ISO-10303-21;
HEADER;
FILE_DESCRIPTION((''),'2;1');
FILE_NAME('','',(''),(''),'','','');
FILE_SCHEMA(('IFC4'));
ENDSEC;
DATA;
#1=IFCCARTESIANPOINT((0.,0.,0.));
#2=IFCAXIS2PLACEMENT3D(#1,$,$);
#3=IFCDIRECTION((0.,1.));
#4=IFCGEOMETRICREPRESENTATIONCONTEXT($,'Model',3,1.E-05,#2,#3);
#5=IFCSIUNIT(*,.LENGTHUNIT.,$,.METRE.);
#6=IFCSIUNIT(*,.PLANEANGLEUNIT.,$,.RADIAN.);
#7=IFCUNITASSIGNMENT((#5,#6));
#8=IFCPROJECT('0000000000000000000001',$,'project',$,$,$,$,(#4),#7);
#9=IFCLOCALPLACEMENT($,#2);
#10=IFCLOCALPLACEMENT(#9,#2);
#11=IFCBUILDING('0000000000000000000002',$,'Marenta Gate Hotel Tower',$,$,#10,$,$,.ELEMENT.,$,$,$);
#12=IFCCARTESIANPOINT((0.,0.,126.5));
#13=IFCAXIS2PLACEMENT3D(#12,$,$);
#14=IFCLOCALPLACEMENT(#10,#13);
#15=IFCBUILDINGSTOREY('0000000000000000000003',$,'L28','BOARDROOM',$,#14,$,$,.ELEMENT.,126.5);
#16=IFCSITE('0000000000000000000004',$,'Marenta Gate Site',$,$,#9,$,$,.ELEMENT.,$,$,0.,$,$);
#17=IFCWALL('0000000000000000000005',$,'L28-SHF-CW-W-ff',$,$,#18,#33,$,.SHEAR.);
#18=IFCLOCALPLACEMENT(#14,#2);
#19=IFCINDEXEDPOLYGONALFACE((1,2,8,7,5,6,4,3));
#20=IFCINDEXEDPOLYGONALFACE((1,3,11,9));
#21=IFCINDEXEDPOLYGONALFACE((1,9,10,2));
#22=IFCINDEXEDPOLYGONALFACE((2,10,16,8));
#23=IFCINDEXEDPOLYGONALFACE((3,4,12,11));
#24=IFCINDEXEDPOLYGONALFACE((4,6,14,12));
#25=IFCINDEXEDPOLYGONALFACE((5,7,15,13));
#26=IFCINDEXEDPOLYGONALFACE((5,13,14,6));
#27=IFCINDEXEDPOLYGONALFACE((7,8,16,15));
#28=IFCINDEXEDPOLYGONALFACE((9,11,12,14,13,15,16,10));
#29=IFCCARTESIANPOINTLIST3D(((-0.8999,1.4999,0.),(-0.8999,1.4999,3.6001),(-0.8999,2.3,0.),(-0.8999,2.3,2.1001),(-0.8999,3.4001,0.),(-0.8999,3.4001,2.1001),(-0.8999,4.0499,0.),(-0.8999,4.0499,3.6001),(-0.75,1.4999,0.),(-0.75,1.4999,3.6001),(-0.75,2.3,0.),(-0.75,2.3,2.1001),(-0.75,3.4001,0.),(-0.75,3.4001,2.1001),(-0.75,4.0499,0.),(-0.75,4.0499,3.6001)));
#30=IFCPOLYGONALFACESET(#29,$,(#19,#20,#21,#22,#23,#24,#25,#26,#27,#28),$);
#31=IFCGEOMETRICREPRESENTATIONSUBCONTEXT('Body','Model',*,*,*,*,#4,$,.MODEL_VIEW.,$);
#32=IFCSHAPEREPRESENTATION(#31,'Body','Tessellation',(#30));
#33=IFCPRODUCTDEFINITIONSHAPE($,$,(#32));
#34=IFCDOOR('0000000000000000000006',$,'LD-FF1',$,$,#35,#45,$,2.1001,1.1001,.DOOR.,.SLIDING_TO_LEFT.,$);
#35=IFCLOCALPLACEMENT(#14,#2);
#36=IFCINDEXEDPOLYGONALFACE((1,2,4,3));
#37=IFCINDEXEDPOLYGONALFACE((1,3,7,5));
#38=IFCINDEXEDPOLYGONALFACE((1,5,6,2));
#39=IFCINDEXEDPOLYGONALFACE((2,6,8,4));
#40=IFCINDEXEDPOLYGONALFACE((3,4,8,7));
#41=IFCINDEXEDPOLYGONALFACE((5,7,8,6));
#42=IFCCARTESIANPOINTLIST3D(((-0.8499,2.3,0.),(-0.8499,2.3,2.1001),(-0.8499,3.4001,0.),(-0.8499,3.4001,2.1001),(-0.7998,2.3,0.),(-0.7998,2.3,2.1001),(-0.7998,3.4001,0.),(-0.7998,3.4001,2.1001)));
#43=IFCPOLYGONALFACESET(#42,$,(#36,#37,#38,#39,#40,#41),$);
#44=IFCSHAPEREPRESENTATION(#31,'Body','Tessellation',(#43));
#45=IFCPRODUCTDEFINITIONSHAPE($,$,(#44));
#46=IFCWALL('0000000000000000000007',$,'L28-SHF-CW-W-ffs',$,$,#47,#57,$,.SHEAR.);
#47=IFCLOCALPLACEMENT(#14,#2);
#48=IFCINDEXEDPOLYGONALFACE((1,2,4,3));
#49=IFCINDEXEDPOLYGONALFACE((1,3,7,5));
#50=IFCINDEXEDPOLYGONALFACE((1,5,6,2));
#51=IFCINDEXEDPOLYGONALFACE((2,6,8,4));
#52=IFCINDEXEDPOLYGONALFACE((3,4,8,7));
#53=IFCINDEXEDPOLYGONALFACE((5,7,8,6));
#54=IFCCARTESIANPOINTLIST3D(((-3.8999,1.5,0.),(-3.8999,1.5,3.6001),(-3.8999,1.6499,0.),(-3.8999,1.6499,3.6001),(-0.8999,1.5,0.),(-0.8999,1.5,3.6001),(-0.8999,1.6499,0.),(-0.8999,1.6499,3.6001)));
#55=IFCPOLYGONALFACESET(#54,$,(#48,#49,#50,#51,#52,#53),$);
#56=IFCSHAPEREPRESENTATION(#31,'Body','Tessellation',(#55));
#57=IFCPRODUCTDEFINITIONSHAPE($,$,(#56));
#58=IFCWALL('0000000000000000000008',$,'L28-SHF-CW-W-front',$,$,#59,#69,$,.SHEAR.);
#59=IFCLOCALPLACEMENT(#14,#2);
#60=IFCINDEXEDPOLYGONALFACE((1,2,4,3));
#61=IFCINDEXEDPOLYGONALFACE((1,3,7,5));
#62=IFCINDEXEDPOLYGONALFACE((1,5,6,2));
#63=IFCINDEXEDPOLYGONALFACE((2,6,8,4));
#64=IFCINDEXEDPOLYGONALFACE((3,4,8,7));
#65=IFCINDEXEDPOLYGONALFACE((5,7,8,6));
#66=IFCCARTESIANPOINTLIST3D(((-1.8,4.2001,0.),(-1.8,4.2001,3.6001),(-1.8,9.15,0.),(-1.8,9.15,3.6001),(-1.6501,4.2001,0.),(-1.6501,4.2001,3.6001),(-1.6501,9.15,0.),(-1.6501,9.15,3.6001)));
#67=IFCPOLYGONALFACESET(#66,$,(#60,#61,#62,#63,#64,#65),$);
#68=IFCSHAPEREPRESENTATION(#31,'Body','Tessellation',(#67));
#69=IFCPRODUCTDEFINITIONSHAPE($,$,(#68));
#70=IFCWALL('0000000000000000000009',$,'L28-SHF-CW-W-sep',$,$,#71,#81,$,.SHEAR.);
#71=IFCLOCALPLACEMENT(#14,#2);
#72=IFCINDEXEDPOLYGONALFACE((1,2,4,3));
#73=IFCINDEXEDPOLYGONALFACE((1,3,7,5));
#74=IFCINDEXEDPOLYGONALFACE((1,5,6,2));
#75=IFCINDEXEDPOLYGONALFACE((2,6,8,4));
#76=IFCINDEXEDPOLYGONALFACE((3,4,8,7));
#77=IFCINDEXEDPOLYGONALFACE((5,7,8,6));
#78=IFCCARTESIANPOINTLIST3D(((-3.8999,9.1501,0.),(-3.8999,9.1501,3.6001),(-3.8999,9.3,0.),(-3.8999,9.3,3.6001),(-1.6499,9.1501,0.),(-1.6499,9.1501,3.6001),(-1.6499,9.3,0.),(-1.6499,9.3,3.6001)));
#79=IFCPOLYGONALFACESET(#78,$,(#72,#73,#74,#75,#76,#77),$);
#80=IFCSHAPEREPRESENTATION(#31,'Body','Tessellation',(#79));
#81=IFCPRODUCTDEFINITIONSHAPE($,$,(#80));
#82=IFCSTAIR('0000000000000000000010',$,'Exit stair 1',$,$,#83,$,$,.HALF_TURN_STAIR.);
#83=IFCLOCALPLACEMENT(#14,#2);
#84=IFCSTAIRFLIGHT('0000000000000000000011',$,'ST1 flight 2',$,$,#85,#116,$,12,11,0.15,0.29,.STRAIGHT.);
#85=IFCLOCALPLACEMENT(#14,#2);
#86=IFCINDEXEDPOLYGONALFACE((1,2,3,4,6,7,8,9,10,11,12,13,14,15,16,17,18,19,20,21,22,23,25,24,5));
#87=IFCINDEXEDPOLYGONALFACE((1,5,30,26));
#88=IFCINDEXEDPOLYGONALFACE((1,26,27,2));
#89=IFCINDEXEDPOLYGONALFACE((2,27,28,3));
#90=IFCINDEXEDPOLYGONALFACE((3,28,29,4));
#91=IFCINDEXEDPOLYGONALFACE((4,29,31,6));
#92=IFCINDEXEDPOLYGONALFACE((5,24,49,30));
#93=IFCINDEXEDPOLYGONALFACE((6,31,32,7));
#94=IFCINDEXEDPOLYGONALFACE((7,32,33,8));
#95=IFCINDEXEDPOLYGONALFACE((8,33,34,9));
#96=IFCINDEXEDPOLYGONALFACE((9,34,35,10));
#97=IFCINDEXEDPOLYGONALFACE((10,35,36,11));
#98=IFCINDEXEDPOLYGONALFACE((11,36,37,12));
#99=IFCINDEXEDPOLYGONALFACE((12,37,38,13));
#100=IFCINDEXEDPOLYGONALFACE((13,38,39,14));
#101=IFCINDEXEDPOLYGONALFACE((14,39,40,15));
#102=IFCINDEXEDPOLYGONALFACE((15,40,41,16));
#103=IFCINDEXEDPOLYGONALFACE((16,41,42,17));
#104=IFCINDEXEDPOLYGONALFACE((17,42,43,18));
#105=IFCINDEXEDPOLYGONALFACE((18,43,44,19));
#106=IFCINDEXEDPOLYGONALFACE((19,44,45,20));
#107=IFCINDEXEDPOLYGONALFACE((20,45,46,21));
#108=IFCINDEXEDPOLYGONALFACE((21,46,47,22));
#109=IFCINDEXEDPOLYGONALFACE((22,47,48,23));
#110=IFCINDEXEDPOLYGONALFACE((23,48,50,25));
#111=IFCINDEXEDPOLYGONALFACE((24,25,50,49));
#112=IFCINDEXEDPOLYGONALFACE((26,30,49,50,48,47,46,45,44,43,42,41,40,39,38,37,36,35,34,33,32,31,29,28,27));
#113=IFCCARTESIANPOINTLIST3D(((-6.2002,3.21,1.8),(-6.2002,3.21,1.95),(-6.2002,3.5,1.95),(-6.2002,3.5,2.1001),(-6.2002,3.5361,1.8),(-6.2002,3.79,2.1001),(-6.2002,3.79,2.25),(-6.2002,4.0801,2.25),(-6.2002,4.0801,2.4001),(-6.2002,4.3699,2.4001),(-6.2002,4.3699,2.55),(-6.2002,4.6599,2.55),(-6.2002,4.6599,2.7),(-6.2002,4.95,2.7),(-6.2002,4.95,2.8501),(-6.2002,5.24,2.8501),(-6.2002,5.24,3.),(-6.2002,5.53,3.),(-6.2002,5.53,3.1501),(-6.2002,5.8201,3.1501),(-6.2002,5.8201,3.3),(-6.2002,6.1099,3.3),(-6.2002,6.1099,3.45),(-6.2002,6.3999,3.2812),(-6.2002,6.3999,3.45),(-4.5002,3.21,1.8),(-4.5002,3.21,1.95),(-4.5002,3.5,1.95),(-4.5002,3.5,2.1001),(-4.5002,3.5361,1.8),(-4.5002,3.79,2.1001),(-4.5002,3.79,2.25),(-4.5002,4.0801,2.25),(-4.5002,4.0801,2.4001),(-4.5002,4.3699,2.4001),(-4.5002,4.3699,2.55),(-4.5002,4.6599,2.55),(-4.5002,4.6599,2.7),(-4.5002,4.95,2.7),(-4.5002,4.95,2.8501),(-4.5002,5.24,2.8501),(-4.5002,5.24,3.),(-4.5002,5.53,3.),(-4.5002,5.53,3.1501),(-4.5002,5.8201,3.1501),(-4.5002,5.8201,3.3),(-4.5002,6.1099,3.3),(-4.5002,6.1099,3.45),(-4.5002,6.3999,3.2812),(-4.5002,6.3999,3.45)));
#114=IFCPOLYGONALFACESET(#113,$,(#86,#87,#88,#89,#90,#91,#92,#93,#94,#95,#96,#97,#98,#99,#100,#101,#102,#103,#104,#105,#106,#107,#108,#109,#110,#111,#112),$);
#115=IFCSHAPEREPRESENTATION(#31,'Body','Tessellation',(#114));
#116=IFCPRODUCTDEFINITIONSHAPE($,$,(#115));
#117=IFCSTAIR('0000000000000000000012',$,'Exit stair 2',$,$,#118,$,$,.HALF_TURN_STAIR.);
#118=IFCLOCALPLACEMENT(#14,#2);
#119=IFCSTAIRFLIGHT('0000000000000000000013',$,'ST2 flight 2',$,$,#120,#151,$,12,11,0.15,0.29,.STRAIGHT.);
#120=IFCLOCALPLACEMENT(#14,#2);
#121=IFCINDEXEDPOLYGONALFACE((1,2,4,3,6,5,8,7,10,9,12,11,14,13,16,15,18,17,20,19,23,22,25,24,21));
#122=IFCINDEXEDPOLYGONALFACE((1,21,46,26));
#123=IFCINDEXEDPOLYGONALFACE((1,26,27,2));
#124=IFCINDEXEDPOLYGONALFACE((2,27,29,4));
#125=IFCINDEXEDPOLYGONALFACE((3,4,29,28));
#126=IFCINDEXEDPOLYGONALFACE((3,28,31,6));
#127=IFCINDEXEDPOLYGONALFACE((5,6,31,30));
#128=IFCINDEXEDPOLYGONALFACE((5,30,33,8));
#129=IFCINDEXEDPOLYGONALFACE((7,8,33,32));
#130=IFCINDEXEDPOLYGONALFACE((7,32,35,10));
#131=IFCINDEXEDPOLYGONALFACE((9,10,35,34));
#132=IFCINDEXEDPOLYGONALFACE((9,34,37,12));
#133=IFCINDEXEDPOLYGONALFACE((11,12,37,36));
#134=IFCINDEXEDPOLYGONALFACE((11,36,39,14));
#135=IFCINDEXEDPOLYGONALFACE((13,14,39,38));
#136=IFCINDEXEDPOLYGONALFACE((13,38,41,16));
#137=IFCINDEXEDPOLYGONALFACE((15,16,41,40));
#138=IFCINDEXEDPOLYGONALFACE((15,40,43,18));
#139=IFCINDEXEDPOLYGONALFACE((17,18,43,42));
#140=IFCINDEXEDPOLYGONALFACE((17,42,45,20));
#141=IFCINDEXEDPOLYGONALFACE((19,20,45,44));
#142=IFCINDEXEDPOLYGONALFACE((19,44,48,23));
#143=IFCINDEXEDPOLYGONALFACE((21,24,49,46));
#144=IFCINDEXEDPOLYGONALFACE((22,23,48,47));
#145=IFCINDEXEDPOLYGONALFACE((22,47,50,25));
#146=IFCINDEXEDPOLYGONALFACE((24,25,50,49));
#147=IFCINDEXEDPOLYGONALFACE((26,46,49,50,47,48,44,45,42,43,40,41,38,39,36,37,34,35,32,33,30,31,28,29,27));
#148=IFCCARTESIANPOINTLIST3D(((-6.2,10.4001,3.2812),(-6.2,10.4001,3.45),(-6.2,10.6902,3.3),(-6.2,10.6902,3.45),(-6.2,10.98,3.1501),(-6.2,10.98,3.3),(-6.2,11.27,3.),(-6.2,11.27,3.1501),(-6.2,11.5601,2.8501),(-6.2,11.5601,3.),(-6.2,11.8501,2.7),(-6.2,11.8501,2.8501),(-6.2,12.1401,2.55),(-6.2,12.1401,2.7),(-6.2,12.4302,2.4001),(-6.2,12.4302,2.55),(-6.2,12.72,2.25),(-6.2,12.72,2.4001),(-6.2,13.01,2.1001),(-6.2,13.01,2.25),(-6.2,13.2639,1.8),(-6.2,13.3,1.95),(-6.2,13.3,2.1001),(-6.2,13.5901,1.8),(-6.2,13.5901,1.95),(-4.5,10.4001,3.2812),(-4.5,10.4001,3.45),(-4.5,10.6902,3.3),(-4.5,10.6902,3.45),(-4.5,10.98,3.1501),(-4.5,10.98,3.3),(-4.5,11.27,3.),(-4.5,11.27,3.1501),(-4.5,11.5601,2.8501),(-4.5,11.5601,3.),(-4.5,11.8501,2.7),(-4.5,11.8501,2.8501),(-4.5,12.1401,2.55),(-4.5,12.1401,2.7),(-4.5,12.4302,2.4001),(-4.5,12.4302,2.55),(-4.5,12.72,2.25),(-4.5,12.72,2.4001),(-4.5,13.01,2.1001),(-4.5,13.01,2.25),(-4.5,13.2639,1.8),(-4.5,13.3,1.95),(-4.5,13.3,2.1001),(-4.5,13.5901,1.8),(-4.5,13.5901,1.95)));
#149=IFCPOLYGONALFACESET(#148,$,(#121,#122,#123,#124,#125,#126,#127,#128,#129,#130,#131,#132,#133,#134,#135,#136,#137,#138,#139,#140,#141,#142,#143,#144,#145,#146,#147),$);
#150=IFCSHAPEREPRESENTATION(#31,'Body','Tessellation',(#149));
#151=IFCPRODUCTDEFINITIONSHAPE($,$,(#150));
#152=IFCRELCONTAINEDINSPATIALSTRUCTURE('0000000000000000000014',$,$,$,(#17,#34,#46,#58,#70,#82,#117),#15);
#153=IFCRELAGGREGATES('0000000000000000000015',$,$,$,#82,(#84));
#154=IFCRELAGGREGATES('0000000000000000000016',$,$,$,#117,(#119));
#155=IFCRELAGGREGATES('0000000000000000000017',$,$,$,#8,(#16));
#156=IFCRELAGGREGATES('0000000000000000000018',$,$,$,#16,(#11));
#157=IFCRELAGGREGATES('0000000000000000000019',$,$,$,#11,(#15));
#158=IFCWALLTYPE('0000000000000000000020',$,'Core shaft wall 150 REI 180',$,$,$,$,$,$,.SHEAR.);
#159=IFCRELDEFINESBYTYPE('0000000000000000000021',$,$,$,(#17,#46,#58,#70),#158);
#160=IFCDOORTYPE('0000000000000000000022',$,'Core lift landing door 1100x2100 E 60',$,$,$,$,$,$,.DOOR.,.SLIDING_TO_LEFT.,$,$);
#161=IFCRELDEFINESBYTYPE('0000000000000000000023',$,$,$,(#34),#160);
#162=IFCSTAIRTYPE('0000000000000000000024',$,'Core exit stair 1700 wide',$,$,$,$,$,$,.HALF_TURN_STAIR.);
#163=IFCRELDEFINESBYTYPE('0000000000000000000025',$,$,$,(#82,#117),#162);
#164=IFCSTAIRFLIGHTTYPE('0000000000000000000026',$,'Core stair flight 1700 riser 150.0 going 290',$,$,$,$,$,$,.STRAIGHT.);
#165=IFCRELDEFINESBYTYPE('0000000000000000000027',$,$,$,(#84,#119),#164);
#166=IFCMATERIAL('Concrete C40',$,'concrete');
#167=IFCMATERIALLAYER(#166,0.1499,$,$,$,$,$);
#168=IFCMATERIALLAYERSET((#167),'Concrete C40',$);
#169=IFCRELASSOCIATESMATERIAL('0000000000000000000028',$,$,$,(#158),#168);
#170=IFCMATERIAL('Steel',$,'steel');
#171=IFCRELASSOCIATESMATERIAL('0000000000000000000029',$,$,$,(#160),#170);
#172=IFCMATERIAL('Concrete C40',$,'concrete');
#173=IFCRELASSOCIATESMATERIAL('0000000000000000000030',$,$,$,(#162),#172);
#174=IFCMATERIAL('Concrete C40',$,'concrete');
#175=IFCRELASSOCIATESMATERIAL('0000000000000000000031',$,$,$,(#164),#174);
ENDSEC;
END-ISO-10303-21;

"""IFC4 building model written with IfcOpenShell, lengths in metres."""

from ifc_helpers import new_model, si_unit, direction, frame, frame_2d, origin, place, context, subcontext, project, spatial, polyline, rectangle, outline, extrude, material, layer, layer_set, type_object, element, fill, aggregate, save


model = new_model("IFC4")

# Units and contexts
model_context = context("Model", 3, precision=1e-05, world=origin(), true_north=direction((0.0, 1.0)))
body_context = subcontext(model_context, "Body", "Model", "MODEL_VIEW")
ifc_project = project(units=[si_unit("LENGTHUNIT", "METRE"), si_unit("PLANEANGLEUNIT", "RADIAN")], contexts=[model_context])

# Site, building, storey
site_placement = place(None, origin())
site = spatial("IfcSite", under=ifc_project, at=site_placement, Name="Marenta Gate Site", CompositionType="ELEMENT", RefElevation=0.0)
building_placement = place(site_placement, origin())
building = spatial("IfcBuilding", under=site, at=building_placement, Name="Marenta Gate Hotel Tower", CompositionType="ELEMENT")
storey_placement = place(building_placement, frame((0.0, 0.0, 126.5)))
storey = spatial("IfcBuildingStorey", under=building, at=storey_placement, Name="L28", Description="BOARDROOM", CompositionType="ELEMENT", Elevation=126.5)

# Wall, opening, door
ifc_material_1 = material(Name="Concrete C40", Category="concrete")
ifc_layer_1 = layer(ifc_material_1, 0.1499)
ifc_layer_set_1 = layer_set([ifc_layer_1], Name="Concrete C40")
wall_type_1 = type_object("IfcWallType", Name="Core shaft wall 150 REI 180", PredefinedType="SHEAR", material=ifc_layer_set_1)
wall_1_placement = place(storey_placement, frame((-0.825, 1.5, 0.0), z_axis=(0.0, 0.0, 1.0), x_axis=(0.0, 1.0, 0.0)))
wall_1 = element("IfcWall", 1, at=wall_1_placement, inside=storey, type_object=wall_type_1, Name="L28-SHF-CW-W-ff", PredefinedType="SHEAR", context=body_context, shape_type="SweptSolid", body=[
    extrude(rectangle(XDim=2.55, YDim=0.1499, at=frame_2d((1.2749, 0.0))), origin(), (0.0, 0.0, 1.0), 3.6001),
])
opening_1_placement = place(wall_1_placement, frame((0.8, 0.0, 0.0)))
opening_1 = element("IfcOpeningElement", 2, at=opening_1_placement, cuts=wall_1, PredefinedType="OPENING", context=body_context, shape_type="SweptSolid", body=[
    extrude(rectangle(XDim=1.1001, YDim=2.1001, at=frame_2d((0.55, 1.05))), frame((0.0, 0.075, 0.0), z_axis=(0.0, -1.0, 0.0), x_axis=(1.0, 0.0, 0.0)), (0.0, 0.0, 1.0), 0.1499),
])
ifc_material_2 = material(Name="Steel", Category="steel")
door_type_1 = type_object("IfcDoorType", Name="Core lift landing door 1100x2100 E 60", OperationType="SLIDING_TO_LEFT", PredefinedType="DOOR", material=ifc_material_2)
door_1_placement = place(opening_1_placement, origin())
door_1 = element("IfcDoor", 3, at=door_1_placement, inside=storey, type_object=door_type_1, Name="LD-FF1", OperationType="SLIDING_TO_LEFT", OverallHeight=2.1001, OverallWidth=1.1001, PredefinedType="DOOR", context=body_context, shape_type="SweptSolid", body=[
    extrude(rectangle(XDim=1.1001, YDim=2.1001, at=frame_2d((0.55, 1.05))), frame((0.0, 0.0249, 0.0), z_axis=(0.0, -1.0, 0.0), x_axis=(1.0, 0.0, 0.0)), (0.0, 0.0, 1.0), 0.05),
])
fill(opening_1, door_1)

# Walls
wall_2_placement = place(storey_placement, frame((-3.8999, 1.575, 0.0), z_axis=(0.0, 0.0, 1.0), x_axis=(1.0, 0.0, 0.0)))
element("IfcWall", 4, at=wall_2_placement, inside=storey, type_object=wall_type_1, Name="L28-SHF-CW-W-ffs", PredefinedType="SHEAR", context=body_context, shape_type="SweptSolid", body=[
    extrude(rectangle(XDim=3.0, YDim=0.1499, at=frame_2d((1.5, 0.0))), origin(), (0.0, 0.0, 1.0), 3.6001),
])
wall_3_placement = place(storey_placement, frame((-1.7251, 4.2, 0.0), z_axis=(0.0, 0.0, 1.0), x_axis=(0.0, 1.0, 0.0)))
element("IfcWall", 5, at=wall_3_placement, inside=storey, type_object=wall_type_1, Name="L28-SHF-CW-W-front", PredefinedType="SHEAR", context=body_context, shape_type="SweptSolid", body=[
    extrude(rectangle(XDim=4.95, YDim=0.1499, at=frame_2d((2.4751, 0.0))), origin(), (0.0, 0.0, 1.0), 3.6001),
])
wall_4_placement = place(storey_placement, frame((-3.8999, 9.2251, 0.0), z_axis=(0.0, 0.0, 1.0), x_axis=(1.0, 0.0, 0.0)))
element("IfcWall", 6, at=wall_4_placement, inside=storey, type_object=wall_type_1, Name="L28-SHF-CW-W-sep", PredefinedType="SHEAR", context=body_context, shape_type="SweptSolid", body=[
    extrude(rectangle(XDim=2.25, YDim=0.1499, at=frame_2d((1.125, 0.0))), origin(), (0.0, 0.0, 1.0), 3.6001),
])

# Stairs, stair flights
ifc_material_3 = material(Name="Concrete C40", Category="concrete")
stair_type = type_object("IfcStairType", Name="Core exit stair 1700 wide", PredefinedType="HALF_TURN_STAIR", material=ifc_material_3)
stair_1_placement = place(storey_placement, origin())
stair_1 = element("IfcStair", 7, at=stair_1_placement, inside=storey, type_object=stair_type, Name="Exit stair 1", PredefinedType="HALF_TURN_STAIR")
ifc_material_4 = material(Name="Concrete C40", Category="concrete")
stair_flight_type = type_object("IfcStairFlightType", Name="Core stair flight 1700 riser 150.0 going 290", PredefinedType="STRAIGHT", material=ifc_material_4)
stair_flight_1_placement = place(storey_placement, frame((-5.3501, 3.21, 1.8), z_axis=(0.0, 0.0, 1.0), x_axis=(0.0, 1.0, 0.0)))
stair_flight_1 = element("IfcStairFlight", 8, at=stair_flight_1_placement, type_object=stair_flight_type, Name="ST1 flight 2", NumberOfRisers=12, NumberOfTreads=11, PredefinedType="STRAIGHT", RiserHeight=0.15, TreadLength=0.29, context=body_context, shape_type="SweptSolid", body=[
    extrude(outline(polyline([(0.0, 0.0), (0.0, 0.1499), (0.29, 0.1499), (0.29, 0.3), (0.5801, 0.3), (0.5801, 0.45), (0.8701, 0.45), (0.8701, 0.6001), (1.1599, 0.6001), (1.1599, 0.75), (1.45, 0.75), (1.45, 0.8999), (1.74, 0.8999), (1.74, 1.05), (2.03, 1.05), (2.03, 1.2), (2.3201, 1.2), (2.3201, 1.3501), (2.6101, 1.3501), (2.6101, 1.5), (2.8999, 1.5), (2.8999, 1.6499), (3.1899, 1.6499), (3.1899, 1.8), (3.1899, 1.4812), (0.3262, 0.0), (0.0, 0.0)])), frame((0.0, 0.8501, 0.0), z_axis=(0.0, -1.0, 0.0), x_axis=(1.0, 0.0, 0.0)), (0.0, 0.0, 1.0), 1.7),
])
aggregate(stair_1, [stair_flight_1])
stair_2_placement = place(storey_placement, origin())
stair_2 = element("IfcStair", 9, at=stair_2_placement, inside=storey, type_object=stair_type, Name="Exit stair 2", PredefinedType="HALF_TURN_STAIR")
stair_flight_2_placement = place(storey_placement, frame((-5.3501, 13.5901, 1.8), z_axis=(0.0, 0.0, 1.0), x_axis=(0.0, -1.0, 0.0)))
stair_flight_2 = element("IfcStairFlight", 10, at=stair_flight_2_placement, type_object=stair_flight_type, Name="ST2 flight 2", NumberOfRisers=12, NumberOfTreads=11, PredefinedType="STRAIGHT", RiserHeight=0.15, TreadLength=0.29, context=body_context, shape_type="SweptSolid", body=[
    extrude(outline(polyline([(0.0, 0.0), (0.0, 0.1499), (0.29, 0.1499), (0.29, 0.3), (0.5801, 0.3), (0.5801, 0.45), (0.8701, 0.45), (0.8701, 0.6001), (1.1599, 0.6001), (1.1599, 0.75), (1.45, 0.75), (1.45, 0.8999), (1.74, 0.8999), (1.74, 1.05), (2.03, 1.05), (2.03, 1.2), (2.3201, 1.2), (2.3201, 1.3501), (2.6101, 1.3501), (2.6101, 1.5), (2.8999, 1.5), (2.8999, 1.6499), (3.1899, 1.6499), (3.1899, 1.8), (3.1899, 1.4812), (0.3262, 0.0), (0.0, 0.0)])), frame((0.0, 0.8501, 0.0), z_axis=(0.0, -1.0, 0.0), x_axis=(1.0, 0.0, 0.0)), (0.0, 0.0, 1.0), 1.7),
])
aggregate(stair_2, [stair_flight_2])

save(model, "model.ifc")
